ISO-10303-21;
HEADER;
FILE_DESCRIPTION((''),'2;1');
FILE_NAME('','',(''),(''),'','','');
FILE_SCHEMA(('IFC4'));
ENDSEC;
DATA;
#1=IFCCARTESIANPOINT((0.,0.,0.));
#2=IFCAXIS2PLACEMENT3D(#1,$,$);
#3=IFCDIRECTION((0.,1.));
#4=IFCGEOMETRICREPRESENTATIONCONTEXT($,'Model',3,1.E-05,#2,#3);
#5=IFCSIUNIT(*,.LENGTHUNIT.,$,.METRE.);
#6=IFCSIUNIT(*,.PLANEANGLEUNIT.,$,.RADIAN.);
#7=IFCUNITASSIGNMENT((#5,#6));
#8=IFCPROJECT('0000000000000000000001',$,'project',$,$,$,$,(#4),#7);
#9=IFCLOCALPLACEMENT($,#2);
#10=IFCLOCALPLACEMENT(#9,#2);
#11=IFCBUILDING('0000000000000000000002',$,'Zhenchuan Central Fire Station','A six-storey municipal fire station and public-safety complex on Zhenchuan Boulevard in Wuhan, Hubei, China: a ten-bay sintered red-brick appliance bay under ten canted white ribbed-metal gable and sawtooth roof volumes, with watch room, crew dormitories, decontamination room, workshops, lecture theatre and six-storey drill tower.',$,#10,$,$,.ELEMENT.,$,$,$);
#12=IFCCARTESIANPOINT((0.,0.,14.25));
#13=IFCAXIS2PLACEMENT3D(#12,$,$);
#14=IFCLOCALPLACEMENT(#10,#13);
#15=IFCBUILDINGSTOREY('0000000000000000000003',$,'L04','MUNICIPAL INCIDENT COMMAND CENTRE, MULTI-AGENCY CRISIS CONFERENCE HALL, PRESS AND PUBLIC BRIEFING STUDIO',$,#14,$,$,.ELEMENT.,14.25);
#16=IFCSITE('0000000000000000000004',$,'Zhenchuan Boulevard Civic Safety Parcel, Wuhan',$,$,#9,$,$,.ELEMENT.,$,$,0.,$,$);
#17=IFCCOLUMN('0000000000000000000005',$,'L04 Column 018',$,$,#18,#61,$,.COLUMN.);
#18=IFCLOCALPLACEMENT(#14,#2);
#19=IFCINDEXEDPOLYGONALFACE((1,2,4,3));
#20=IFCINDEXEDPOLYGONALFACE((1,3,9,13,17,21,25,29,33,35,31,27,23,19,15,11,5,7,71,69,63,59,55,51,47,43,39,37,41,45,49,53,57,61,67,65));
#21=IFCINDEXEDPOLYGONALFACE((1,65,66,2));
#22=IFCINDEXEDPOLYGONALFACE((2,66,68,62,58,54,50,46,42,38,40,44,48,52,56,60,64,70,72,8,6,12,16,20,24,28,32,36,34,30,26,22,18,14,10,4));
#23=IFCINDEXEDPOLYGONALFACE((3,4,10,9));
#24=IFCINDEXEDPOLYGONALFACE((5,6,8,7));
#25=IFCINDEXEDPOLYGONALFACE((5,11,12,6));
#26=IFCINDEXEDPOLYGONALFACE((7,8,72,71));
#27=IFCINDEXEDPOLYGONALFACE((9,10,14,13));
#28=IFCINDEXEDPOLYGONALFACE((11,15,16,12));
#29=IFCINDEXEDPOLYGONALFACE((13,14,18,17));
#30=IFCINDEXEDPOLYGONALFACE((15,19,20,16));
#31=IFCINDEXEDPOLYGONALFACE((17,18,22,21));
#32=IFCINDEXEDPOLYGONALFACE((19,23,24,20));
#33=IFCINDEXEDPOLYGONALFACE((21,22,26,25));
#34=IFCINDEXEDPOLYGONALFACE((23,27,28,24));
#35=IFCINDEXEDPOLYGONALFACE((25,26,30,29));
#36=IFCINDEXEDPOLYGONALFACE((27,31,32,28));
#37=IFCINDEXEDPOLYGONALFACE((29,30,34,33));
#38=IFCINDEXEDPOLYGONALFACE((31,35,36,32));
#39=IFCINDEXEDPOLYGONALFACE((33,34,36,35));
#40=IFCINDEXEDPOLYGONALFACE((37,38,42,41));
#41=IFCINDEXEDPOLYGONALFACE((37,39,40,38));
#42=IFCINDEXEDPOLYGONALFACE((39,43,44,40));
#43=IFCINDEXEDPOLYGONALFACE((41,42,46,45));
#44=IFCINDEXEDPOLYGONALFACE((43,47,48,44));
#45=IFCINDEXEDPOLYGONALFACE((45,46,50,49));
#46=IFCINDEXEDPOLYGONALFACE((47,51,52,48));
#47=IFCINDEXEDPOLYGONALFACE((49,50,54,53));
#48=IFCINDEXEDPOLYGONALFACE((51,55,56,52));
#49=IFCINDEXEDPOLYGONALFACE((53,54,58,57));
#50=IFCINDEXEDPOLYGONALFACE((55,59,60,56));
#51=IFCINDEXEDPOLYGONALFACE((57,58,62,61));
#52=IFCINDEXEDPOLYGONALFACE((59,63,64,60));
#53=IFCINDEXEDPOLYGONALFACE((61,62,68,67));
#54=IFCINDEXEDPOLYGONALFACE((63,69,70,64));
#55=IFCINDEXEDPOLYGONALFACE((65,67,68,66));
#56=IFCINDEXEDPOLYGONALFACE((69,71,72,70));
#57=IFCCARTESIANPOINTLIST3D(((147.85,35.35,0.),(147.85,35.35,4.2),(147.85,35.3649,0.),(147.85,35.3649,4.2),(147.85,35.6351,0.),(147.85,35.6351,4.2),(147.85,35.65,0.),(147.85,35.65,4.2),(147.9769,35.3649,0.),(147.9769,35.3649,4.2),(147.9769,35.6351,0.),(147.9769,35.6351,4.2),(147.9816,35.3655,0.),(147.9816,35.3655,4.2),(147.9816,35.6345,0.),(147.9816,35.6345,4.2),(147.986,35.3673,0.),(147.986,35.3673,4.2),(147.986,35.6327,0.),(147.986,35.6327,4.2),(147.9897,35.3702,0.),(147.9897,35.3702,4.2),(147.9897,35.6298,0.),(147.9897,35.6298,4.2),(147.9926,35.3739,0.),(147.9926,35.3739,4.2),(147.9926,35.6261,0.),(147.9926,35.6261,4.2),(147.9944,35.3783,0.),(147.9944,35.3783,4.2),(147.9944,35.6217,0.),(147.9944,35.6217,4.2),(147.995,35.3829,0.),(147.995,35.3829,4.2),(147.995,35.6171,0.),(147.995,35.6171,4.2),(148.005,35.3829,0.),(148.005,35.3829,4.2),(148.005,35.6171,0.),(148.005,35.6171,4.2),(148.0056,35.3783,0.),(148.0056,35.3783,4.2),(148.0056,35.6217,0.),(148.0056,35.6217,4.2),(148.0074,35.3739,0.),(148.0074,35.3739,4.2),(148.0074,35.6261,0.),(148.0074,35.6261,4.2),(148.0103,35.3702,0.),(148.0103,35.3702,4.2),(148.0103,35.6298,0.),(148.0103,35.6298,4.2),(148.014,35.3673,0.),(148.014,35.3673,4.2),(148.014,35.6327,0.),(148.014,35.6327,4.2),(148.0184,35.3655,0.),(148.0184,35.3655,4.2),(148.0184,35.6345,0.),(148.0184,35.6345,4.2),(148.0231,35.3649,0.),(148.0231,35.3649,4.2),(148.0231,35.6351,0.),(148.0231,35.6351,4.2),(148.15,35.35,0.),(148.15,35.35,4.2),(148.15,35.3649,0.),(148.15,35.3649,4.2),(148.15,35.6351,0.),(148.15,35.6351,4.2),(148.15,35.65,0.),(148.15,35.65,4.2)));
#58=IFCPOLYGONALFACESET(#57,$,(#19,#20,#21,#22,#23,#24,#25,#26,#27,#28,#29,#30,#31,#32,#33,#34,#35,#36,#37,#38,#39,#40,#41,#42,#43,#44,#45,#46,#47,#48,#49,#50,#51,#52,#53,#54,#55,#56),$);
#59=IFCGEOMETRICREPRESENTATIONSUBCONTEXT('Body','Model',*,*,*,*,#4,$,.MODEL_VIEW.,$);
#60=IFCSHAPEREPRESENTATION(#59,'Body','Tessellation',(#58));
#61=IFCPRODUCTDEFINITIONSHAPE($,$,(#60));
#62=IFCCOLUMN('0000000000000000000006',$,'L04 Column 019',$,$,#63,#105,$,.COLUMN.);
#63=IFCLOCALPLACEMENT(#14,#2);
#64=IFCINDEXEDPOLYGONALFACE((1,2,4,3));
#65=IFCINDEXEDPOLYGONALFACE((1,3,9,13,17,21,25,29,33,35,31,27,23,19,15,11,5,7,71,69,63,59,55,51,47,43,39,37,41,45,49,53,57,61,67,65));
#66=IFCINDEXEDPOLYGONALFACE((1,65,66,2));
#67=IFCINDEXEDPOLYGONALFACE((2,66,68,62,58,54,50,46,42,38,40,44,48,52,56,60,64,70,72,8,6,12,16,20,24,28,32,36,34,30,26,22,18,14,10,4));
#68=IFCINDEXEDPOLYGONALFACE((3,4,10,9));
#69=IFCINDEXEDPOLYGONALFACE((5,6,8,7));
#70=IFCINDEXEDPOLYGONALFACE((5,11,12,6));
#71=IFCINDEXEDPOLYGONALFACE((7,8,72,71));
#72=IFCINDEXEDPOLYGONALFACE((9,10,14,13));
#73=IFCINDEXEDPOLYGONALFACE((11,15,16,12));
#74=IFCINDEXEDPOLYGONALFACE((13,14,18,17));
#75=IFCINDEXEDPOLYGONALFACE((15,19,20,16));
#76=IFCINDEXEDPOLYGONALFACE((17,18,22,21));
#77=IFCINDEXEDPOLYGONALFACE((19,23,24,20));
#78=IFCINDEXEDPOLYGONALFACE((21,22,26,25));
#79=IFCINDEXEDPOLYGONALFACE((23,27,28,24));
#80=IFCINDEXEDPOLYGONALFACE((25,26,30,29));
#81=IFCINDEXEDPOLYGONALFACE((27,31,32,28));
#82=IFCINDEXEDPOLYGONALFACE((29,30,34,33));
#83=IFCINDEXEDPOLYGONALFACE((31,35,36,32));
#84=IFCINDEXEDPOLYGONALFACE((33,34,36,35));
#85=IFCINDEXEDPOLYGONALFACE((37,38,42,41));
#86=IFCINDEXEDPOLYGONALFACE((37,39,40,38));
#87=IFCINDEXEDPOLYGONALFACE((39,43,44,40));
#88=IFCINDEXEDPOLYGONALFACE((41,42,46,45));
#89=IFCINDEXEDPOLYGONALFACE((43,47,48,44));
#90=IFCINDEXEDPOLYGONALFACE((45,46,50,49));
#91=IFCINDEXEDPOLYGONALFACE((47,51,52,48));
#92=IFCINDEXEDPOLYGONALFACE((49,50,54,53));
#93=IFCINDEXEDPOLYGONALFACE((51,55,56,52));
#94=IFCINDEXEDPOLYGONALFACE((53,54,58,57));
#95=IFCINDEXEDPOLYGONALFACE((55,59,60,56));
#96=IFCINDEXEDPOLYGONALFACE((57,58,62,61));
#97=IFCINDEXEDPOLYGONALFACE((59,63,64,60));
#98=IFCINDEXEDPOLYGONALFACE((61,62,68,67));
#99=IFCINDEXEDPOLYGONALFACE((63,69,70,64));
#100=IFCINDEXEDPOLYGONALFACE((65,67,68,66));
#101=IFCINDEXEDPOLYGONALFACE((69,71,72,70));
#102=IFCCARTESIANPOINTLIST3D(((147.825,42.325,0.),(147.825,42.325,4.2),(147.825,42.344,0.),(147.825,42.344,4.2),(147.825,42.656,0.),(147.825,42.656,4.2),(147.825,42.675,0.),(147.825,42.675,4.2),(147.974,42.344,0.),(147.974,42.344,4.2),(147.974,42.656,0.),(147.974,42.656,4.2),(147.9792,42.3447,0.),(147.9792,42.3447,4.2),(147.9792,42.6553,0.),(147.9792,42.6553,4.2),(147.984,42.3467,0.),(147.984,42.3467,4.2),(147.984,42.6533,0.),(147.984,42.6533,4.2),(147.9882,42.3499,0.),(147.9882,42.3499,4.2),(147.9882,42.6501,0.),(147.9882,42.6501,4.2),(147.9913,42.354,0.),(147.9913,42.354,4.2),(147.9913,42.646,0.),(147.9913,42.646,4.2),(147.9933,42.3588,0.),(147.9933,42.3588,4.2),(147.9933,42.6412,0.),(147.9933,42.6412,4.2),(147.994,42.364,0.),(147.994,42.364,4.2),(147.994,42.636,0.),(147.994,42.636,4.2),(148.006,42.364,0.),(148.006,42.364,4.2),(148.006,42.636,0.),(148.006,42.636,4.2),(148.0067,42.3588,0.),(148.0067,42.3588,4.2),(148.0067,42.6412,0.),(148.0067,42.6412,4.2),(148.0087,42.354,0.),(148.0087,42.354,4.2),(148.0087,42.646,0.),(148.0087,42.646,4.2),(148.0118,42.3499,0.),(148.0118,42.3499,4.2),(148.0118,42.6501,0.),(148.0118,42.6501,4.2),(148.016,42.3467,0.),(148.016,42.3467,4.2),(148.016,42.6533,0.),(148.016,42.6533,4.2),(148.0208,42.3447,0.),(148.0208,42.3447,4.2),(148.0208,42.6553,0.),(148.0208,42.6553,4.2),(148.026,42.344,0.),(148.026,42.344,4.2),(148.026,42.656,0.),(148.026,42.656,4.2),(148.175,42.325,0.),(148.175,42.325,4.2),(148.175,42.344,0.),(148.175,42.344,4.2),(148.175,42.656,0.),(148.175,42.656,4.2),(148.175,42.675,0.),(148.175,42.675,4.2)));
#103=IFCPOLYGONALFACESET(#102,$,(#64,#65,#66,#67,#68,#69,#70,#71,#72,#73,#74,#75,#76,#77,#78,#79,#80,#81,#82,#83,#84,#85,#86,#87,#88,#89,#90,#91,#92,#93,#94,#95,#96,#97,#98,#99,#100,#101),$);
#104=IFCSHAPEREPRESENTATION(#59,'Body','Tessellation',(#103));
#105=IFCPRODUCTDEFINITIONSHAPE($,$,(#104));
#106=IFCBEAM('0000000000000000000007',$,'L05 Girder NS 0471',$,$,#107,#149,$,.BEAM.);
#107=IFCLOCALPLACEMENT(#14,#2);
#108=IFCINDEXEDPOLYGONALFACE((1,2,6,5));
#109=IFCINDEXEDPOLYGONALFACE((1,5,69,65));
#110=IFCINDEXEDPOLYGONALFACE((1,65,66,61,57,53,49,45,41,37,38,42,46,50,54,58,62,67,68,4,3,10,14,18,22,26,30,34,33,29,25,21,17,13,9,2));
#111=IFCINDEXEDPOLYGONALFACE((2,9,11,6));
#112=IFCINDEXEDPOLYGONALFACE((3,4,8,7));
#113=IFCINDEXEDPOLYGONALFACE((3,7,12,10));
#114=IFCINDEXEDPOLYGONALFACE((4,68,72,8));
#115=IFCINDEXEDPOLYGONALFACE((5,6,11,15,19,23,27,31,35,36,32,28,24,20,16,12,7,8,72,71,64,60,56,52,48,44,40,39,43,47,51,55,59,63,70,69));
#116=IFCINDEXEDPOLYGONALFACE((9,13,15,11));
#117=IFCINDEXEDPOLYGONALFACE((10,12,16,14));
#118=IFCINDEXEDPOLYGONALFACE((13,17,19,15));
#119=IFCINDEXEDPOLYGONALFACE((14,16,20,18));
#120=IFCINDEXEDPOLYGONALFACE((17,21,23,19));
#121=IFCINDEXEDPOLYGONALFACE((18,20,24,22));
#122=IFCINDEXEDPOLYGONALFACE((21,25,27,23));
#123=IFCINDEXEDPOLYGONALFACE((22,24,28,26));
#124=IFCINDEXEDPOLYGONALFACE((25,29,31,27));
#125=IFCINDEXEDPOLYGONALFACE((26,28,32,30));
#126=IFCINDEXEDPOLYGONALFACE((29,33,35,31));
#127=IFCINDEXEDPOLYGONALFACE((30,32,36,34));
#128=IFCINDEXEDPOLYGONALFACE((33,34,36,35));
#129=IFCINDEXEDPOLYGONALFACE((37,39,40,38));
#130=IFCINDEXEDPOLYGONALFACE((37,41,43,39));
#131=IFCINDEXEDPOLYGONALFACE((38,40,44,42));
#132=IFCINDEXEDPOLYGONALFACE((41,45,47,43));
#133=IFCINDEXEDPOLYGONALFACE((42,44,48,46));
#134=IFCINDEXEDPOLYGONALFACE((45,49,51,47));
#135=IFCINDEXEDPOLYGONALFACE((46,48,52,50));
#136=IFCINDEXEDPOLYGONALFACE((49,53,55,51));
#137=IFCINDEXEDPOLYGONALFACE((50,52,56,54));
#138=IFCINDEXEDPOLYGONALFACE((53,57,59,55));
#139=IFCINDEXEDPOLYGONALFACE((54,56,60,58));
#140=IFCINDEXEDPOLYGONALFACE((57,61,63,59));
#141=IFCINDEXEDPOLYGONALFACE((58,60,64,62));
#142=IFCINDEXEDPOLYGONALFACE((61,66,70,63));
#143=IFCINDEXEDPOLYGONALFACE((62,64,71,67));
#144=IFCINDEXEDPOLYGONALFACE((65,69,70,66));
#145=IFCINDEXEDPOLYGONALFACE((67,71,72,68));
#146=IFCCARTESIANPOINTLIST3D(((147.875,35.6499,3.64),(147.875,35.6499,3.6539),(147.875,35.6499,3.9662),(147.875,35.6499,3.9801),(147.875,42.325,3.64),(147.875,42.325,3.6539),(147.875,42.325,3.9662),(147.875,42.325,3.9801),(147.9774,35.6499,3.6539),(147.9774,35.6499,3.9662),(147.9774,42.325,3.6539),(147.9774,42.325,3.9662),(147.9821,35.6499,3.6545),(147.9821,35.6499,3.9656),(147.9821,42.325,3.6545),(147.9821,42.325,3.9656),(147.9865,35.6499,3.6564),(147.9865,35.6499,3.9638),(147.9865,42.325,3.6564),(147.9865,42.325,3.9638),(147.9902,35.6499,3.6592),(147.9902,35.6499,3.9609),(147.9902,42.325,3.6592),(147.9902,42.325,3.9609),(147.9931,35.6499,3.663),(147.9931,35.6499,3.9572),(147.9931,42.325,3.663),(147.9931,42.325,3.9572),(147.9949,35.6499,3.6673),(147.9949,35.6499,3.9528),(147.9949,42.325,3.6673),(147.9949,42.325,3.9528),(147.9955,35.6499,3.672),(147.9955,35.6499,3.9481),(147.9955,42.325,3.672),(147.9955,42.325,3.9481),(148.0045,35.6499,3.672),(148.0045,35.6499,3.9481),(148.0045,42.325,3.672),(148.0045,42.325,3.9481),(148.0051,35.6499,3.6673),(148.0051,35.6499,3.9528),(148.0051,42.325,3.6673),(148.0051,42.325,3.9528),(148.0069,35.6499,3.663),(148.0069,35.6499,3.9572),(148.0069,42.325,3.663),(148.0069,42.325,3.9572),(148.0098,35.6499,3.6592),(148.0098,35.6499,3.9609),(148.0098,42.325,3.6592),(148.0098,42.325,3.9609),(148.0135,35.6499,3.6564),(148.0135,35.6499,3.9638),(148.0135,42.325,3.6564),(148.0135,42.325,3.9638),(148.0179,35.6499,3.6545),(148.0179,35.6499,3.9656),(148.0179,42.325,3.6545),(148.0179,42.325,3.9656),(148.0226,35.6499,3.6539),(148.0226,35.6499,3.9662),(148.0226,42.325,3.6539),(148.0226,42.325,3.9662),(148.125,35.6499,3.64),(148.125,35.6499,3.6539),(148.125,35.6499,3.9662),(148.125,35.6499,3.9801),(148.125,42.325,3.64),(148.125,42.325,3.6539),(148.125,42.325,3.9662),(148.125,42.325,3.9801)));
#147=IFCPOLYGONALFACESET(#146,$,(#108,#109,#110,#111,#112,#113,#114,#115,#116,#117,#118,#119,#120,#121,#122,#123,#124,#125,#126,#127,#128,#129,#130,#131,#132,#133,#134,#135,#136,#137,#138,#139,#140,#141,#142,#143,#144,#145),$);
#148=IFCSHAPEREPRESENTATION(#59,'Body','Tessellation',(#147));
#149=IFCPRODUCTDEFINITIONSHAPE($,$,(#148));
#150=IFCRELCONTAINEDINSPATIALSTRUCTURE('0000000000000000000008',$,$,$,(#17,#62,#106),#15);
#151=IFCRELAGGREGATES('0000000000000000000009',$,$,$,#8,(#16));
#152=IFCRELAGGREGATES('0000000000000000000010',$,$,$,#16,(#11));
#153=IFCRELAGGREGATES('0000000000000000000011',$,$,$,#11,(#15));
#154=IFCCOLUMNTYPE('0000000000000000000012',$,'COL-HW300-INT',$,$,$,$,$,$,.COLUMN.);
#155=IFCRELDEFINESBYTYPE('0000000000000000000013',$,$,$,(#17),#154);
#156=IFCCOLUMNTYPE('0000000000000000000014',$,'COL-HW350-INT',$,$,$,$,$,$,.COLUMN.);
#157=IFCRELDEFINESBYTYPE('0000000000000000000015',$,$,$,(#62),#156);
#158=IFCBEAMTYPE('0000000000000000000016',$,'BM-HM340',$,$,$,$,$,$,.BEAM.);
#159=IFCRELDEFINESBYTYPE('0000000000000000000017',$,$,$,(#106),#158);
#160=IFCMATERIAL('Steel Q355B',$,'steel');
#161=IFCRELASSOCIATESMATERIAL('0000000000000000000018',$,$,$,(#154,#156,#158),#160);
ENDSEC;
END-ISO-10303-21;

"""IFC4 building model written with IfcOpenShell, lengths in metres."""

from ifc_helpers import new_model, si_unit, direction, frame, origin, origin_2d, place, context, subcontext, project, spatial, i_section, extrude, material, material_profile, profile_set, type_object, element, save


model = new_model("IFC4")

# Units and contexts
model_context = context("Model", 3, precision=1e-05, world=origin(), true_north=direction((0.0, 1.0)))
body_context = subcontext(model_context, "Body", "Model", "MODEL_VIEW")
ifc_project = project(units=[si_unit("LENGTHUNIT", "METRE"), si_unit("PLANEANGLEUNIT", "RADIAN")], contexts=[model_context])

# Site, building, storey
site_placement = place(None, origin())
site = spatial("IfcSite", under=ifc_project, at=site_placement, Name="Zhenchuan Boulevard Civic Safety Parcel, Wuhan", CompositionType="ELEMENT", RefElevation=0.0)
building_placement = place(site_placement, origin())
building = spatial("IfcBuilding", under=site, at=building_placement, Name="Zhenchuan Central Fire Station", Description="A six-storey municipal fire station and public-safety complex on Zhenchuan Boulevard in Wuhan, Hubei, China: a ten-bay sintered red-brick appliance bay under ten canted white ribbed-metal gable and sawtooth roof volumes, with watch room, crew dormitories, decontamination room, workshops, lecture theatre and six-storey drill tower.", CompositionType="ELEMENT")
storey_placement = place(building_placement, frame((0.0, 0.0, 14.25)))
storey = spatial("IfcBuildingStorey", under=building, at=storey_placement, Name="L04", Description="MUNICIPAL INCIDENT COMMAND CENTRE, MULTI-AGENCY CRISIS CONFERENCE HALL, PRESS AND PUBLIC BRIEFING STUDIO", CompositionType="ELEMENT", Elevation=14.25)

# Columns
ifc_material_1 = material(Name="Steel Q355B", Category="steel")
ifc_material_profile_1 = material_profile(ifc_material_1, i_section(OverallWidth=0.3, OverallDepth=0.3, WebThickness=0.01, FlangeThickness=0.0149, FilletRadius=0.0181, at=origin_2d()), Name="HW 300x300")
ifc_profile_set_1 = profile_set([ifc_material_profile_1], Name="Steel Q355B")
column_type_1 = type_object("IfcColumnType", Name="COL-HW300-INT", PredefinedType="COLUMN", material=ifc_profile_set_1)
column_1_placement = place(storey_placement, frame((148.0, 35.5, 0.0), z_axis=(0.0, 0.0, 1.0), x_axis=(1.0, 0.0, 0.0)))
element("IfcColumn", 1, at=column_1_placement, inside=storey, type_object=column_type_1, Name="L04 Column 018", PredefinedType="COLUMN", context=body_context, shape_type="SweptSolid", body=[
    extrude(i_section(OverallWidth=0.3, OverallDepth=0.3, WebThickness=0.01, FlangeThickness=0.0149, FilletRadius=0.0181, at=origin_2d()), origin(), (0.0, 0.0, 1.0), 4.2),
])
ifc_material_profile_2 = material_profile(ifc_material_1, i_section(OverallWidth=0.3501, OverallDepth=0.3501, WebThickness=0.012, FlangeThickness=0.019, FilletRadius=0.02, at=origin_2d()), Name="HW 350x350")
ifc_profile_set_2 = profile_set([ifc_material_profile_2], Name="Steel Q355B")
column_type_2 = type_object("IfcColumnType", Name="COL-HW350-INT", PredefinedType="COLUMN", material=ifc_profile_set_2)
column_2_placement = place(storey_placement, frame((148.0, 42.5, 0.0), z_axis=(0.0, 0.0, 1.0), x_axis=(1.0, 0.0, 0.0)))
element("IfcColumn", 2, at=column_2_placement, inside=storey, type_object=column_type_2, Name="L04 Column 019", PredefinedType="COLUMN", context=body_context, shape_type="SweptSolid", body=[
    extrude(i_section(OverallWidth=0.3501, OverallDepth=0.3501, WebThickness=0.012, FlangeThickness=0.019, FilletRadius=0.02, at=origin_2d()), origin(), (0.0, 0.0, 1.0), 4.2),
])

# Beam
ifc_material_profile_3 = material_profile(ifc_material_1, i_section(OverallWidth=0.25, OverallDepth=0.3401, WebThickness=0.009, FlangeThickness=0.0139, FilletRadius=0.0181, at=origin_2d()), Name="HM 340x250")
ifc_profile_set_3 = profile_set([ifc_material_profile_3], Name="Steel Q355B")
beam_type_1 = type_object("IfcBeamType", Name="BM-HM340", PredefinedType="BEAM", material=ifc_profile_set_3)
beam_1_placement = place(storey_placement, frame((148.0, 35.6499, 3.8101), z_axis=(0.0, 1.0, 0.0), x_axis=(-1.0, 0.0, 0.0)))
element("IfcBeam", 3, at=beam_1_placement, inside=storey, type_object=beam_type_1, Name="L05 Girder NS 0471", PredefinedType="BEAM", context=body_context, shape_type="SweptSolid", body=[
    extrude(i_section(OverallWidth=0.25, OverallDepth=0.3401, WebThickness=0.009, FlangeThickness=0.0139, FilletRadius=0.0181, at=origin_2d()), origin(), (0.0, 0.0, 1.0), 6.675),
])

save(model, "model.ifc")
